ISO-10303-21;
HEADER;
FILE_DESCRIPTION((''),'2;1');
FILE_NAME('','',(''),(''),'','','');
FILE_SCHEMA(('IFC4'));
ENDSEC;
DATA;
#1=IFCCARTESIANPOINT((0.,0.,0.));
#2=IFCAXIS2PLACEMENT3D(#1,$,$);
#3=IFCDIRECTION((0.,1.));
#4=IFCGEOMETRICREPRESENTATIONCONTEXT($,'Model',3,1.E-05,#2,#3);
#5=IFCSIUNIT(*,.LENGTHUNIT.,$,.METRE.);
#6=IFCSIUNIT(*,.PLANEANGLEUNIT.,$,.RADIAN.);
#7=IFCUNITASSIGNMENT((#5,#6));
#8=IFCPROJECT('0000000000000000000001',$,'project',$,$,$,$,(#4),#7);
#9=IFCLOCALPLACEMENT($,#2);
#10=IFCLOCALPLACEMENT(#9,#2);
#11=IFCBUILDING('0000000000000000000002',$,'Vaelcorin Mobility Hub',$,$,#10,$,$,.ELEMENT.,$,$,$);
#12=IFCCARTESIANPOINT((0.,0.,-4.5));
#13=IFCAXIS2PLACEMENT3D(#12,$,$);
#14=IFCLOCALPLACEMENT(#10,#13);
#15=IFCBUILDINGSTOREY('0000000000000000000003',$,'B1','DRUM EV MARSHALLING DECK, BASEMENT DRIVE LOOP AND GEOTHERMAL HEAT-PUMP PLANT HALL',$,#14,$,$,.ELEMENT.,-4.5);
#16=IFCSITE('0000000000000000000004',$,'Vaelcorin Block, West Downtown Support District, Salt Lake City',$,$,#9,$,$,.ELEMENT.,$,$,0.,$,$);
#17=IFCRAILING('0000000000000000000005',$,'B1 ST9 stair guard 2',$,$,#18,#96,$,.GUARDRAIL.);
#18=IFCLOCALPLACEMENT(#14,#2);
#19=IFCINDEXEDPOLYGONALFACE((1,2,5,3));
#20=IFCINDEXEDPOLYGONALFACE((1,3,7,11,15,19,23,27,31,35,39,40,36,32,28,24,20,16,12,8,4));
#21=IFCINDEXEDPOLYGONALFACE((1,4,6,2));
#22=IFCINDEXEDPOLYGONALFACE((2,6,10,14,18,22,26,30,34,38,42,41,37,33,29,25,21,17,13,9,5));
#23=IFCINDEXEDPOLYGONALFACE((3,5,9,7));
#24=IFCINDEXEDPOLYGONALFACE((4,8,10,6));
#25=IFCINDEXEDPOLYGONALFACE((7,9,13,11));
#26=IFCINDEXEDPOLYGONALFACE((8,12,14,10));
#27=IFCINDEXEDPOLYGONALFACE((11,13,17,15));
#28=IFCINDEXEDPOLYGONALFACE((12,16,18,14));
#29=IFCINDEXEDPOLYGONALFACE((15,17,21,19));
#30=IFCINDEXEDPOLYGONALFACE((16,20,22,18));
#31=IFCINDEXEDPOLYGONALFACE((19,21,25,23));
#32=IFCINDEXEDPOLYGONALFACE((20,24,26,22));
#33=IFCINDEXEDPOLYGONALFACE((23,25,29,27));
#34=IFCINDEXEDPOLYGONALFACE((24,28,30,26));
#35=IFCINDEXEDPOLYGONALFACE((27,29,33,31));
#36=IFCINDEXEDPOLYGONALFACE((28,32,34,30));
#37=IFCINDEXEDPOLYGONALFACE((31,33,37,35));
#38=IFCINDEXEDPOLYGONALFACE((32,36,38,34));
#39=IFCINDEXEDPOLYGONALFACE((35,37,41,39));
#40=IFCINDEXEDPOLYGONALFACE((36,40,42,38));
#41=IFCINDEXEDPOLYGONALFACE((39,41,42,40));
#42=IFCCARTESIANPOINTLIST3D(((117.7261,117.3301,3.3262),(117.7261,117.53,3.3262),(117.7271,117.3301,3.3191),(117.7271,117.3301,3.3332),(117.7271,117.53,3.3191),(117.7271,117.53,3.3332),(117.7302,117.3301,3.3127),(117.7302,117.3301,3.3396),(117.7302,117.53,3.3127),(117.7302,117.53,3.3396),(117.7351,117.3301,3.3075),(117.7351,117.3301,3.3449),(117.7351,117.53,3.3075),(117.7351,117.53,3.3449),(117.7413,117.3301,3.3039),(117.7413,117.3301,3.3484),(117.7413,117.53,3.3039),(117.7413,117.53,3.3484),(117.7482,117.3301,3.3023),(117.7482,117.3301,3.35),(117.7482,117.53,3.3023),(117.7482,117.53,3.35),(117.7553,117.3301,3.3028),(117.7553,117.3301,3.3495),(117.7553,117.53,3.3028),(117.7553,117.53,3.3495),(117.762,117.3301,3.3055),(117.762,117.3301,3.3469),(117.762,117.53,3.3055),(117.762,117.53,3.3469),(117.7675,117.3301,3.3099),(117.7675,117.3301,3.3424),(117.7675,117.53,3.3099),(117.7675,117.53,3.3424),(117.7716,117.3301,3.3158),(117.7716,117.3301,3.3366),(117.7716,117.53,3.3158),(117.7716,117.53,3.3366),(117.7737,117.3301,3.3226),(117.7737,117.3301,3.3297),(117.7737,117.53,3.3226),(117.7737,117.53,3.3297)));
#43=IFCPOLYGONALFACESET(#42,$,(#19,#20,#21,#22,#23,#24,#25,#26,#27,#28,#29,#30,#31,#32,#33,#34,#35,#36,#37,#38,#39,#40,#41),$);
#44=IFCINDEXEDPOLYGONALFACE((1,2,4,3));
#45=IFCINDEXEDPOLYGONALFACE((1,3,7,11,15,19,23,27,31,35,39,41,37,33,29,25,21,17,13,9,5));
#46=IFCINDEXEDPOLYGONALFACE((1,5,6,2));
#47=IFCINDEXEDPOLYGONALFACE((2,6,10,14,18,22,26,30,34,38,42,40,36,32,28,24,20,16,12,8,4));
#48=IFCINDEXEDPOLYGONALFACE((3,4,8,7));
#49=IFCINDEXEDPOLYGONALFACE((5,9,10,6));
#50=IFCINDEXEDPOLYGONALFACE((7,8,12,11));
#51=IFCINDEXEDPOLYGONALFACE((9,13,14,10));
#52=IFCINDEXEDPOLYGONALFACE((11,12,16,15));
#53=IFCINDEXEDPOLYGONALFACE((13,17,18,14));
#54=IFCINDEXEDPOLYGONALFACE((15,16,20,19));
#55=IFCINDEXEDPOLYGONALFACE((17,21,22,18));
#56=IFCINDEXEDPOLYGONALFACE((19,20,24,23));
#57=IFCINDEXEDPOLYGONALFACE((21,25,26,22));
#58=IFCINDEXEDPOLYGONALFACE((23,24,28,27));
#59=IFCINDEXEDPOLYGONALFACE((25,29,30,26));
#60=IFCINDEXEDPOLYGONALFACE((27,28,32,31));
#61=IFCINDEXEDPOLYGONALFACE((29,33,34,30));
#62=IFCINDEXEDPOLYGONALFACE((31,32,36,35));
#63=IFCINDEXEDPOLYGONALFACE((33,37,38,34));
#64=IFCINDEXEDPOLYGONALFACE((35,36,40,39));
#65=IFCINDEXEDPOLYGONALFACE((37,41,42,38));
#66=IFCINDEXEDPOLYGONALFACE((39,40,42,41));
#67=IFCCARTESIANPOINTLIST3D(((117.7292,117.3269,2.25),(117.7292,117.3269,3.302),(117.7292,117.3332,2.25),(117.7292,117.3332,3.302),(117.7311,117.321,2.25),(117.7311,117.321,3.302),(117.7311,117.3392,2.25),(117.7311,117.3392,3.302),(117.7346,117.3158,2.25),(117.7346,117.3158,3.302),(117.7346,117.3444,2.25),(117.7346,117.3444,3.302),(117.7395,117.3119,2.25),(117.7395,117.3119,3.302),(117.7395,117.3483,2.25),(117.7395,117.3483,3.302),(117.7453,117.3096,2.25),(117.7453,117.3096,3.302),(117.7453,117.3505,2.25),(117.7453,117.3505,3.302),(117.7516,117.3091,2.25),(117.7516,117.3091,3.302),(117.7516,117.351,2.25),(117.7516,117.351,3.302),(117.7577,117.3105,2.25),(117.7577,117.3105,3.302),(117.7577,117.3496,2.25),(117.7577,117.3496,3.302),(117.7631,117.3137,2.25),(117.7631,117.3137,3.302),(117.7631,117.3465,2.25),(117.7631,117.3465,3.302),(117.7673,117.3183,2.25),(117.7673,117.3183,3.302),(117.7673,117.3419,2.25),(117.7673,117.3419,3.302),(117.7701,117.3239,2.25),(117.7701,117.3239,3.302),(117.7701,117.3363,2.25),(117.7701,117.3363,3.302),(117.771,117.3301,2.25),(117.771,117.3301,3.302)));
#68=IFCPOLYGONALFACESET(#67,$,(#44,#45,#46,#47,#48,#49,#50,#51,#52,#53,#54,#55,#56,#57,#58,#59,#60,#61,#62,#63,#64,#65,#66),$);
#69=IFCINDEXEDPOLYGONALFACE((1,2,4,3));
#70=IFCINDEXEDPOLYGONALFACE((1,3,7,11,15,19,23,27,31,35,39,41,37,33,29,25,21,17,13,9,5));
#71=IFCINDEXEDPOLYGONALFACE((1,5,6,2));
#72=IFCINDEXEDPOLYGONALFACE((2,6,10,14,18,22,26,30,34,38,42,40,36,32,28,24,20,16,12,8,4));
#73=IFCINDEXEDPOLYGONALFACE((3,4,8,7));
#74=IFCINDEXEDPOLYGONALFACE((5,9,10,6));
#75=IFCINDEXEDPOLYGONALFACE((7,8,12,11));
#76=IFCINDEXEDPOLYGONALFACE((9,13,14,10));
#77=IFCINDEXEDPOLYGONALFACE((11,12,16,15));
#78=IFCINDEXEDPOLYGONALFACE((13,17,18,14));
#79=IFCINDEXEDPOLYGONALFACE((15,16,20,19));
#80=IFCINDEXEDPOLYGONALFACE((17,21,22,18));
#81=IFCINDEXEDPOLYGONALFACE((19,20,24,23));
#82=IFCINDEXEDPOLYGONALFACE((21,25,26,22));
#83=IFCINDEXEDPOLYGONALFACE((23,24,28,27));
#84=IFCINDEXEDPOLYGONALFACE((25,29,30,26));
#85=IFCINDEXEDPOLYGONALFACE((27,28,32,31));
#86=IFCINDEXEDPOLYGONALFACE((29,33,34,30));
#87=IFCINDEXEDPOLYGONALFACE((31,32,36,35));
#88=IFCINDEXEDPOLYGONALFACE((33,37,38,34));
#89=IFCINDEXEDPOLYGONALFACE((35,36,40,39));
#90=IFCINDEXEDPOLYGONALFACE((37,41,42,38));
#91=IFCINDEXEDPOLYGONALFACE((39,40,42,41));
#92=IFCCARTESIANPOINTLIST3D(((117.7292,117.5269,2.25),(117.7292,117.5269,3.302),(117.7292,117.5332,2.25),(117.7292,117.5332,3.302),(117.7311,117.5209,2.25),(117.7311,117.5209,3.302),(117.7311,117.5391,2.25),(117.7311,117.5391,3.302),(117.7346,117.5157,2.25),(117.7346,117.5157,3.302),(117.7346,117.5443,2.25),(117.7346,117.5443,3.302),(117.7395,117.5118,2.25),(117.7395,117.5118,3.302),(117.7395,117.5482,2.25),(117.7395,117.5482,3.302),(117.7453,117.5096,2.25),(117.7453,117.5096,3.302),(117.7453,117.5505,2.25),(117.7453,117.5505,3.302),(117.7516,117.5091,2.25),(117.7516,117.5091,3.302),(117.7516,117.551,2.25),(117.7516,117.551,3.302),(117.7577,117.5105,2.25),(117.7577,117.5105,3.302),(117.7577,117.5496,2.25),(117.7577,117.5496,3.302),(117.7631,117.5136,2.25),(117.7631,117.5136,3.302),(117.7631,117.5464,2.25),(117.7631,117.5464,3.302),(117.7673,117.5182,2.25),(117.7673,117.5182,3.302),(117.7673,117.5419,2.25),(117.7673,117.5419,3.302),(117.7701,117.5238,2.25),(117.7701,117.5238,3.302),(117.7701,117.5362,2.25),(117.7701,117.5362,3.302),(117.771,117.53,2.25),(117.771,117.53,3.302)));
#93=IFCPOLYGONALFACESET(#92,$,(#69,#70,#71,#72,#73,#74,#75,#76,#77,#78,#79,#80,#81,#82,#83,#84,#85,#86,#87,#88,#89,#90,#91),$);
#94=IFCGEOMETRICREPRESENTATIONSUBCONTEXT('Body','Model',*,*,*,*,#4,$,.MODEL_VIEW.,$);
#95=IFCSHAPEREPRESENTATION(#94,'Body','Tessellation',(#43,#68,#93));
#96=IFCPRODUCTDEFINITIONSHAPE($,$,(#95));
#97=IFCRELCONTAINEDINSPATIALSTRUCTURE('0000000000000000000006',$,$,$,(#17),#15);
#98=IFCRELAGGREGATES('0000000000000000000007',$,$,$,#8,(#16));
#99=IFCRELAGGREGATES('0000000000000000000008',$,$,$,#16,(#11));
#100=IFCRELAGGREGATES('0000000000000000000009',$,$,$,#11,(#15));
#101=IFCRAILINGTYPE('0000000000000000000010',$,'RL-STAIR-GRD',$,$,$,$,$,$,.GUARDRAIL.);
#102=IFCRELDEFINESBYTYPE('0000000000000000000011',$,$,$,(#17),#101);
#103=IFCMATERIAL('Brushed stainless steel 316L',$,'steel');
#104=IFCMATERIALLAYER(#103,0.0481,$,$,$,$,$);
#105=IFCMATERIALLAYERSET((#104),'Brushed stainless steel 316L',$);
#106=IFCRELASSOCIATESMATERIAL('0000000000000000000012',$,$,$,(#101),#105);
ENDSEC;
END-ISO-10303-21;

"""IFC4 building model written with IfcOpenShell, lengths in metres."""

from ifc_helpers import new_model, si_unit, direction, frame, origin, origin_2d, place, context, subcontext, project, spatial, circle, extrude, material, layer, layer_set, type_object, element, save


model = new_model("IFC4")

# Units and contexts
model_context = context("Model", 3, precision=1e-05, world=origin(), true_north=direction((0.0, 1.0)))
body_context = subcontext(model_context, "Body", "Model", "MODEL_VIEW")
ifc_project = project(units=[si_unit("LENGTHUNIT", "METRE"), si_unit("PLANEANGLEUNIT", "RADIAN")], contexts=[model_context])

# Site, building, storey
site_placement = place(None, origin())
site = spatial("IfcSite", under=ifc_project, at=site_placement, Name="Vaelcorin Block, West Downtown Support District, Salt Lake City", CompositionType="ELEMENT", RefElevation=0.0)
building_placement = place(site_placement, origin())
building = spatial("IfcBuilding", under=site, at=building_placement, Name="Vaelcorin Mobility Hub", CompositionType="ELEMENT")
storey_placement = place(building_placement, frame((0.0, 0.0, -4.5)))
storey = spatial("IfcBuildingStorey", under=building, at=storey_placement, Name="B1", Description="DRUM EV MARSHALLING DECK, BASEMENT DRIVE LOOP AND GEOTHERMAL HEAT-PUMP PLANT HALL", CompositionType="ELEMENT", Elevation=-4.5)

# Railing
ifc_material_1 = material(Name="Brushed stainless steel 316L", Category="steel")
ifc_layer_1 = layer(ifc_material_1, 0.0481)
ifc_layer_set_1 = layer_set([ifc_layer_1], Name="Brushed stainless steel 316L")
railing_type_1 = type_object("IfcRailingType", Name="RL-STAIR-GRD", PredefinedType="GUARDRAIL", material=ifc_layer_set_1)
railing_1_placement = place(storey_placement, frame((117.75, 117.3301, 2.25)))
element("IfcRailing", 1, at=railing_1_placement, inside=storey, type_object=railing_type_1, Name="B1 ST9 stair guard 2", PredefinedType="GUARDRAIL", context=body_context, shape_type="SweptSolid", body=[
    extrude(circle(Radius=0.0239, at=origin_2d()), frame((0.0, 0.0, 1.0762), z_axis=(0.0, 1.0, 0.0), x_axis=(-1.0, 0.0, 0.0)), (0.0, 0.0, 1.0), 0.2),
    extrude(circle(Radius=0.021, at=origin_2d()), origin(), (0.0, 0.0, 1.0), 1.052),
    extrude(circle(Radius=0.021, at=origin_2d()), frame((0.0, 0.2, 0.0)), (0.0, 0.0, 1.0), 1.052),
])

save(model, "model.ifc")
